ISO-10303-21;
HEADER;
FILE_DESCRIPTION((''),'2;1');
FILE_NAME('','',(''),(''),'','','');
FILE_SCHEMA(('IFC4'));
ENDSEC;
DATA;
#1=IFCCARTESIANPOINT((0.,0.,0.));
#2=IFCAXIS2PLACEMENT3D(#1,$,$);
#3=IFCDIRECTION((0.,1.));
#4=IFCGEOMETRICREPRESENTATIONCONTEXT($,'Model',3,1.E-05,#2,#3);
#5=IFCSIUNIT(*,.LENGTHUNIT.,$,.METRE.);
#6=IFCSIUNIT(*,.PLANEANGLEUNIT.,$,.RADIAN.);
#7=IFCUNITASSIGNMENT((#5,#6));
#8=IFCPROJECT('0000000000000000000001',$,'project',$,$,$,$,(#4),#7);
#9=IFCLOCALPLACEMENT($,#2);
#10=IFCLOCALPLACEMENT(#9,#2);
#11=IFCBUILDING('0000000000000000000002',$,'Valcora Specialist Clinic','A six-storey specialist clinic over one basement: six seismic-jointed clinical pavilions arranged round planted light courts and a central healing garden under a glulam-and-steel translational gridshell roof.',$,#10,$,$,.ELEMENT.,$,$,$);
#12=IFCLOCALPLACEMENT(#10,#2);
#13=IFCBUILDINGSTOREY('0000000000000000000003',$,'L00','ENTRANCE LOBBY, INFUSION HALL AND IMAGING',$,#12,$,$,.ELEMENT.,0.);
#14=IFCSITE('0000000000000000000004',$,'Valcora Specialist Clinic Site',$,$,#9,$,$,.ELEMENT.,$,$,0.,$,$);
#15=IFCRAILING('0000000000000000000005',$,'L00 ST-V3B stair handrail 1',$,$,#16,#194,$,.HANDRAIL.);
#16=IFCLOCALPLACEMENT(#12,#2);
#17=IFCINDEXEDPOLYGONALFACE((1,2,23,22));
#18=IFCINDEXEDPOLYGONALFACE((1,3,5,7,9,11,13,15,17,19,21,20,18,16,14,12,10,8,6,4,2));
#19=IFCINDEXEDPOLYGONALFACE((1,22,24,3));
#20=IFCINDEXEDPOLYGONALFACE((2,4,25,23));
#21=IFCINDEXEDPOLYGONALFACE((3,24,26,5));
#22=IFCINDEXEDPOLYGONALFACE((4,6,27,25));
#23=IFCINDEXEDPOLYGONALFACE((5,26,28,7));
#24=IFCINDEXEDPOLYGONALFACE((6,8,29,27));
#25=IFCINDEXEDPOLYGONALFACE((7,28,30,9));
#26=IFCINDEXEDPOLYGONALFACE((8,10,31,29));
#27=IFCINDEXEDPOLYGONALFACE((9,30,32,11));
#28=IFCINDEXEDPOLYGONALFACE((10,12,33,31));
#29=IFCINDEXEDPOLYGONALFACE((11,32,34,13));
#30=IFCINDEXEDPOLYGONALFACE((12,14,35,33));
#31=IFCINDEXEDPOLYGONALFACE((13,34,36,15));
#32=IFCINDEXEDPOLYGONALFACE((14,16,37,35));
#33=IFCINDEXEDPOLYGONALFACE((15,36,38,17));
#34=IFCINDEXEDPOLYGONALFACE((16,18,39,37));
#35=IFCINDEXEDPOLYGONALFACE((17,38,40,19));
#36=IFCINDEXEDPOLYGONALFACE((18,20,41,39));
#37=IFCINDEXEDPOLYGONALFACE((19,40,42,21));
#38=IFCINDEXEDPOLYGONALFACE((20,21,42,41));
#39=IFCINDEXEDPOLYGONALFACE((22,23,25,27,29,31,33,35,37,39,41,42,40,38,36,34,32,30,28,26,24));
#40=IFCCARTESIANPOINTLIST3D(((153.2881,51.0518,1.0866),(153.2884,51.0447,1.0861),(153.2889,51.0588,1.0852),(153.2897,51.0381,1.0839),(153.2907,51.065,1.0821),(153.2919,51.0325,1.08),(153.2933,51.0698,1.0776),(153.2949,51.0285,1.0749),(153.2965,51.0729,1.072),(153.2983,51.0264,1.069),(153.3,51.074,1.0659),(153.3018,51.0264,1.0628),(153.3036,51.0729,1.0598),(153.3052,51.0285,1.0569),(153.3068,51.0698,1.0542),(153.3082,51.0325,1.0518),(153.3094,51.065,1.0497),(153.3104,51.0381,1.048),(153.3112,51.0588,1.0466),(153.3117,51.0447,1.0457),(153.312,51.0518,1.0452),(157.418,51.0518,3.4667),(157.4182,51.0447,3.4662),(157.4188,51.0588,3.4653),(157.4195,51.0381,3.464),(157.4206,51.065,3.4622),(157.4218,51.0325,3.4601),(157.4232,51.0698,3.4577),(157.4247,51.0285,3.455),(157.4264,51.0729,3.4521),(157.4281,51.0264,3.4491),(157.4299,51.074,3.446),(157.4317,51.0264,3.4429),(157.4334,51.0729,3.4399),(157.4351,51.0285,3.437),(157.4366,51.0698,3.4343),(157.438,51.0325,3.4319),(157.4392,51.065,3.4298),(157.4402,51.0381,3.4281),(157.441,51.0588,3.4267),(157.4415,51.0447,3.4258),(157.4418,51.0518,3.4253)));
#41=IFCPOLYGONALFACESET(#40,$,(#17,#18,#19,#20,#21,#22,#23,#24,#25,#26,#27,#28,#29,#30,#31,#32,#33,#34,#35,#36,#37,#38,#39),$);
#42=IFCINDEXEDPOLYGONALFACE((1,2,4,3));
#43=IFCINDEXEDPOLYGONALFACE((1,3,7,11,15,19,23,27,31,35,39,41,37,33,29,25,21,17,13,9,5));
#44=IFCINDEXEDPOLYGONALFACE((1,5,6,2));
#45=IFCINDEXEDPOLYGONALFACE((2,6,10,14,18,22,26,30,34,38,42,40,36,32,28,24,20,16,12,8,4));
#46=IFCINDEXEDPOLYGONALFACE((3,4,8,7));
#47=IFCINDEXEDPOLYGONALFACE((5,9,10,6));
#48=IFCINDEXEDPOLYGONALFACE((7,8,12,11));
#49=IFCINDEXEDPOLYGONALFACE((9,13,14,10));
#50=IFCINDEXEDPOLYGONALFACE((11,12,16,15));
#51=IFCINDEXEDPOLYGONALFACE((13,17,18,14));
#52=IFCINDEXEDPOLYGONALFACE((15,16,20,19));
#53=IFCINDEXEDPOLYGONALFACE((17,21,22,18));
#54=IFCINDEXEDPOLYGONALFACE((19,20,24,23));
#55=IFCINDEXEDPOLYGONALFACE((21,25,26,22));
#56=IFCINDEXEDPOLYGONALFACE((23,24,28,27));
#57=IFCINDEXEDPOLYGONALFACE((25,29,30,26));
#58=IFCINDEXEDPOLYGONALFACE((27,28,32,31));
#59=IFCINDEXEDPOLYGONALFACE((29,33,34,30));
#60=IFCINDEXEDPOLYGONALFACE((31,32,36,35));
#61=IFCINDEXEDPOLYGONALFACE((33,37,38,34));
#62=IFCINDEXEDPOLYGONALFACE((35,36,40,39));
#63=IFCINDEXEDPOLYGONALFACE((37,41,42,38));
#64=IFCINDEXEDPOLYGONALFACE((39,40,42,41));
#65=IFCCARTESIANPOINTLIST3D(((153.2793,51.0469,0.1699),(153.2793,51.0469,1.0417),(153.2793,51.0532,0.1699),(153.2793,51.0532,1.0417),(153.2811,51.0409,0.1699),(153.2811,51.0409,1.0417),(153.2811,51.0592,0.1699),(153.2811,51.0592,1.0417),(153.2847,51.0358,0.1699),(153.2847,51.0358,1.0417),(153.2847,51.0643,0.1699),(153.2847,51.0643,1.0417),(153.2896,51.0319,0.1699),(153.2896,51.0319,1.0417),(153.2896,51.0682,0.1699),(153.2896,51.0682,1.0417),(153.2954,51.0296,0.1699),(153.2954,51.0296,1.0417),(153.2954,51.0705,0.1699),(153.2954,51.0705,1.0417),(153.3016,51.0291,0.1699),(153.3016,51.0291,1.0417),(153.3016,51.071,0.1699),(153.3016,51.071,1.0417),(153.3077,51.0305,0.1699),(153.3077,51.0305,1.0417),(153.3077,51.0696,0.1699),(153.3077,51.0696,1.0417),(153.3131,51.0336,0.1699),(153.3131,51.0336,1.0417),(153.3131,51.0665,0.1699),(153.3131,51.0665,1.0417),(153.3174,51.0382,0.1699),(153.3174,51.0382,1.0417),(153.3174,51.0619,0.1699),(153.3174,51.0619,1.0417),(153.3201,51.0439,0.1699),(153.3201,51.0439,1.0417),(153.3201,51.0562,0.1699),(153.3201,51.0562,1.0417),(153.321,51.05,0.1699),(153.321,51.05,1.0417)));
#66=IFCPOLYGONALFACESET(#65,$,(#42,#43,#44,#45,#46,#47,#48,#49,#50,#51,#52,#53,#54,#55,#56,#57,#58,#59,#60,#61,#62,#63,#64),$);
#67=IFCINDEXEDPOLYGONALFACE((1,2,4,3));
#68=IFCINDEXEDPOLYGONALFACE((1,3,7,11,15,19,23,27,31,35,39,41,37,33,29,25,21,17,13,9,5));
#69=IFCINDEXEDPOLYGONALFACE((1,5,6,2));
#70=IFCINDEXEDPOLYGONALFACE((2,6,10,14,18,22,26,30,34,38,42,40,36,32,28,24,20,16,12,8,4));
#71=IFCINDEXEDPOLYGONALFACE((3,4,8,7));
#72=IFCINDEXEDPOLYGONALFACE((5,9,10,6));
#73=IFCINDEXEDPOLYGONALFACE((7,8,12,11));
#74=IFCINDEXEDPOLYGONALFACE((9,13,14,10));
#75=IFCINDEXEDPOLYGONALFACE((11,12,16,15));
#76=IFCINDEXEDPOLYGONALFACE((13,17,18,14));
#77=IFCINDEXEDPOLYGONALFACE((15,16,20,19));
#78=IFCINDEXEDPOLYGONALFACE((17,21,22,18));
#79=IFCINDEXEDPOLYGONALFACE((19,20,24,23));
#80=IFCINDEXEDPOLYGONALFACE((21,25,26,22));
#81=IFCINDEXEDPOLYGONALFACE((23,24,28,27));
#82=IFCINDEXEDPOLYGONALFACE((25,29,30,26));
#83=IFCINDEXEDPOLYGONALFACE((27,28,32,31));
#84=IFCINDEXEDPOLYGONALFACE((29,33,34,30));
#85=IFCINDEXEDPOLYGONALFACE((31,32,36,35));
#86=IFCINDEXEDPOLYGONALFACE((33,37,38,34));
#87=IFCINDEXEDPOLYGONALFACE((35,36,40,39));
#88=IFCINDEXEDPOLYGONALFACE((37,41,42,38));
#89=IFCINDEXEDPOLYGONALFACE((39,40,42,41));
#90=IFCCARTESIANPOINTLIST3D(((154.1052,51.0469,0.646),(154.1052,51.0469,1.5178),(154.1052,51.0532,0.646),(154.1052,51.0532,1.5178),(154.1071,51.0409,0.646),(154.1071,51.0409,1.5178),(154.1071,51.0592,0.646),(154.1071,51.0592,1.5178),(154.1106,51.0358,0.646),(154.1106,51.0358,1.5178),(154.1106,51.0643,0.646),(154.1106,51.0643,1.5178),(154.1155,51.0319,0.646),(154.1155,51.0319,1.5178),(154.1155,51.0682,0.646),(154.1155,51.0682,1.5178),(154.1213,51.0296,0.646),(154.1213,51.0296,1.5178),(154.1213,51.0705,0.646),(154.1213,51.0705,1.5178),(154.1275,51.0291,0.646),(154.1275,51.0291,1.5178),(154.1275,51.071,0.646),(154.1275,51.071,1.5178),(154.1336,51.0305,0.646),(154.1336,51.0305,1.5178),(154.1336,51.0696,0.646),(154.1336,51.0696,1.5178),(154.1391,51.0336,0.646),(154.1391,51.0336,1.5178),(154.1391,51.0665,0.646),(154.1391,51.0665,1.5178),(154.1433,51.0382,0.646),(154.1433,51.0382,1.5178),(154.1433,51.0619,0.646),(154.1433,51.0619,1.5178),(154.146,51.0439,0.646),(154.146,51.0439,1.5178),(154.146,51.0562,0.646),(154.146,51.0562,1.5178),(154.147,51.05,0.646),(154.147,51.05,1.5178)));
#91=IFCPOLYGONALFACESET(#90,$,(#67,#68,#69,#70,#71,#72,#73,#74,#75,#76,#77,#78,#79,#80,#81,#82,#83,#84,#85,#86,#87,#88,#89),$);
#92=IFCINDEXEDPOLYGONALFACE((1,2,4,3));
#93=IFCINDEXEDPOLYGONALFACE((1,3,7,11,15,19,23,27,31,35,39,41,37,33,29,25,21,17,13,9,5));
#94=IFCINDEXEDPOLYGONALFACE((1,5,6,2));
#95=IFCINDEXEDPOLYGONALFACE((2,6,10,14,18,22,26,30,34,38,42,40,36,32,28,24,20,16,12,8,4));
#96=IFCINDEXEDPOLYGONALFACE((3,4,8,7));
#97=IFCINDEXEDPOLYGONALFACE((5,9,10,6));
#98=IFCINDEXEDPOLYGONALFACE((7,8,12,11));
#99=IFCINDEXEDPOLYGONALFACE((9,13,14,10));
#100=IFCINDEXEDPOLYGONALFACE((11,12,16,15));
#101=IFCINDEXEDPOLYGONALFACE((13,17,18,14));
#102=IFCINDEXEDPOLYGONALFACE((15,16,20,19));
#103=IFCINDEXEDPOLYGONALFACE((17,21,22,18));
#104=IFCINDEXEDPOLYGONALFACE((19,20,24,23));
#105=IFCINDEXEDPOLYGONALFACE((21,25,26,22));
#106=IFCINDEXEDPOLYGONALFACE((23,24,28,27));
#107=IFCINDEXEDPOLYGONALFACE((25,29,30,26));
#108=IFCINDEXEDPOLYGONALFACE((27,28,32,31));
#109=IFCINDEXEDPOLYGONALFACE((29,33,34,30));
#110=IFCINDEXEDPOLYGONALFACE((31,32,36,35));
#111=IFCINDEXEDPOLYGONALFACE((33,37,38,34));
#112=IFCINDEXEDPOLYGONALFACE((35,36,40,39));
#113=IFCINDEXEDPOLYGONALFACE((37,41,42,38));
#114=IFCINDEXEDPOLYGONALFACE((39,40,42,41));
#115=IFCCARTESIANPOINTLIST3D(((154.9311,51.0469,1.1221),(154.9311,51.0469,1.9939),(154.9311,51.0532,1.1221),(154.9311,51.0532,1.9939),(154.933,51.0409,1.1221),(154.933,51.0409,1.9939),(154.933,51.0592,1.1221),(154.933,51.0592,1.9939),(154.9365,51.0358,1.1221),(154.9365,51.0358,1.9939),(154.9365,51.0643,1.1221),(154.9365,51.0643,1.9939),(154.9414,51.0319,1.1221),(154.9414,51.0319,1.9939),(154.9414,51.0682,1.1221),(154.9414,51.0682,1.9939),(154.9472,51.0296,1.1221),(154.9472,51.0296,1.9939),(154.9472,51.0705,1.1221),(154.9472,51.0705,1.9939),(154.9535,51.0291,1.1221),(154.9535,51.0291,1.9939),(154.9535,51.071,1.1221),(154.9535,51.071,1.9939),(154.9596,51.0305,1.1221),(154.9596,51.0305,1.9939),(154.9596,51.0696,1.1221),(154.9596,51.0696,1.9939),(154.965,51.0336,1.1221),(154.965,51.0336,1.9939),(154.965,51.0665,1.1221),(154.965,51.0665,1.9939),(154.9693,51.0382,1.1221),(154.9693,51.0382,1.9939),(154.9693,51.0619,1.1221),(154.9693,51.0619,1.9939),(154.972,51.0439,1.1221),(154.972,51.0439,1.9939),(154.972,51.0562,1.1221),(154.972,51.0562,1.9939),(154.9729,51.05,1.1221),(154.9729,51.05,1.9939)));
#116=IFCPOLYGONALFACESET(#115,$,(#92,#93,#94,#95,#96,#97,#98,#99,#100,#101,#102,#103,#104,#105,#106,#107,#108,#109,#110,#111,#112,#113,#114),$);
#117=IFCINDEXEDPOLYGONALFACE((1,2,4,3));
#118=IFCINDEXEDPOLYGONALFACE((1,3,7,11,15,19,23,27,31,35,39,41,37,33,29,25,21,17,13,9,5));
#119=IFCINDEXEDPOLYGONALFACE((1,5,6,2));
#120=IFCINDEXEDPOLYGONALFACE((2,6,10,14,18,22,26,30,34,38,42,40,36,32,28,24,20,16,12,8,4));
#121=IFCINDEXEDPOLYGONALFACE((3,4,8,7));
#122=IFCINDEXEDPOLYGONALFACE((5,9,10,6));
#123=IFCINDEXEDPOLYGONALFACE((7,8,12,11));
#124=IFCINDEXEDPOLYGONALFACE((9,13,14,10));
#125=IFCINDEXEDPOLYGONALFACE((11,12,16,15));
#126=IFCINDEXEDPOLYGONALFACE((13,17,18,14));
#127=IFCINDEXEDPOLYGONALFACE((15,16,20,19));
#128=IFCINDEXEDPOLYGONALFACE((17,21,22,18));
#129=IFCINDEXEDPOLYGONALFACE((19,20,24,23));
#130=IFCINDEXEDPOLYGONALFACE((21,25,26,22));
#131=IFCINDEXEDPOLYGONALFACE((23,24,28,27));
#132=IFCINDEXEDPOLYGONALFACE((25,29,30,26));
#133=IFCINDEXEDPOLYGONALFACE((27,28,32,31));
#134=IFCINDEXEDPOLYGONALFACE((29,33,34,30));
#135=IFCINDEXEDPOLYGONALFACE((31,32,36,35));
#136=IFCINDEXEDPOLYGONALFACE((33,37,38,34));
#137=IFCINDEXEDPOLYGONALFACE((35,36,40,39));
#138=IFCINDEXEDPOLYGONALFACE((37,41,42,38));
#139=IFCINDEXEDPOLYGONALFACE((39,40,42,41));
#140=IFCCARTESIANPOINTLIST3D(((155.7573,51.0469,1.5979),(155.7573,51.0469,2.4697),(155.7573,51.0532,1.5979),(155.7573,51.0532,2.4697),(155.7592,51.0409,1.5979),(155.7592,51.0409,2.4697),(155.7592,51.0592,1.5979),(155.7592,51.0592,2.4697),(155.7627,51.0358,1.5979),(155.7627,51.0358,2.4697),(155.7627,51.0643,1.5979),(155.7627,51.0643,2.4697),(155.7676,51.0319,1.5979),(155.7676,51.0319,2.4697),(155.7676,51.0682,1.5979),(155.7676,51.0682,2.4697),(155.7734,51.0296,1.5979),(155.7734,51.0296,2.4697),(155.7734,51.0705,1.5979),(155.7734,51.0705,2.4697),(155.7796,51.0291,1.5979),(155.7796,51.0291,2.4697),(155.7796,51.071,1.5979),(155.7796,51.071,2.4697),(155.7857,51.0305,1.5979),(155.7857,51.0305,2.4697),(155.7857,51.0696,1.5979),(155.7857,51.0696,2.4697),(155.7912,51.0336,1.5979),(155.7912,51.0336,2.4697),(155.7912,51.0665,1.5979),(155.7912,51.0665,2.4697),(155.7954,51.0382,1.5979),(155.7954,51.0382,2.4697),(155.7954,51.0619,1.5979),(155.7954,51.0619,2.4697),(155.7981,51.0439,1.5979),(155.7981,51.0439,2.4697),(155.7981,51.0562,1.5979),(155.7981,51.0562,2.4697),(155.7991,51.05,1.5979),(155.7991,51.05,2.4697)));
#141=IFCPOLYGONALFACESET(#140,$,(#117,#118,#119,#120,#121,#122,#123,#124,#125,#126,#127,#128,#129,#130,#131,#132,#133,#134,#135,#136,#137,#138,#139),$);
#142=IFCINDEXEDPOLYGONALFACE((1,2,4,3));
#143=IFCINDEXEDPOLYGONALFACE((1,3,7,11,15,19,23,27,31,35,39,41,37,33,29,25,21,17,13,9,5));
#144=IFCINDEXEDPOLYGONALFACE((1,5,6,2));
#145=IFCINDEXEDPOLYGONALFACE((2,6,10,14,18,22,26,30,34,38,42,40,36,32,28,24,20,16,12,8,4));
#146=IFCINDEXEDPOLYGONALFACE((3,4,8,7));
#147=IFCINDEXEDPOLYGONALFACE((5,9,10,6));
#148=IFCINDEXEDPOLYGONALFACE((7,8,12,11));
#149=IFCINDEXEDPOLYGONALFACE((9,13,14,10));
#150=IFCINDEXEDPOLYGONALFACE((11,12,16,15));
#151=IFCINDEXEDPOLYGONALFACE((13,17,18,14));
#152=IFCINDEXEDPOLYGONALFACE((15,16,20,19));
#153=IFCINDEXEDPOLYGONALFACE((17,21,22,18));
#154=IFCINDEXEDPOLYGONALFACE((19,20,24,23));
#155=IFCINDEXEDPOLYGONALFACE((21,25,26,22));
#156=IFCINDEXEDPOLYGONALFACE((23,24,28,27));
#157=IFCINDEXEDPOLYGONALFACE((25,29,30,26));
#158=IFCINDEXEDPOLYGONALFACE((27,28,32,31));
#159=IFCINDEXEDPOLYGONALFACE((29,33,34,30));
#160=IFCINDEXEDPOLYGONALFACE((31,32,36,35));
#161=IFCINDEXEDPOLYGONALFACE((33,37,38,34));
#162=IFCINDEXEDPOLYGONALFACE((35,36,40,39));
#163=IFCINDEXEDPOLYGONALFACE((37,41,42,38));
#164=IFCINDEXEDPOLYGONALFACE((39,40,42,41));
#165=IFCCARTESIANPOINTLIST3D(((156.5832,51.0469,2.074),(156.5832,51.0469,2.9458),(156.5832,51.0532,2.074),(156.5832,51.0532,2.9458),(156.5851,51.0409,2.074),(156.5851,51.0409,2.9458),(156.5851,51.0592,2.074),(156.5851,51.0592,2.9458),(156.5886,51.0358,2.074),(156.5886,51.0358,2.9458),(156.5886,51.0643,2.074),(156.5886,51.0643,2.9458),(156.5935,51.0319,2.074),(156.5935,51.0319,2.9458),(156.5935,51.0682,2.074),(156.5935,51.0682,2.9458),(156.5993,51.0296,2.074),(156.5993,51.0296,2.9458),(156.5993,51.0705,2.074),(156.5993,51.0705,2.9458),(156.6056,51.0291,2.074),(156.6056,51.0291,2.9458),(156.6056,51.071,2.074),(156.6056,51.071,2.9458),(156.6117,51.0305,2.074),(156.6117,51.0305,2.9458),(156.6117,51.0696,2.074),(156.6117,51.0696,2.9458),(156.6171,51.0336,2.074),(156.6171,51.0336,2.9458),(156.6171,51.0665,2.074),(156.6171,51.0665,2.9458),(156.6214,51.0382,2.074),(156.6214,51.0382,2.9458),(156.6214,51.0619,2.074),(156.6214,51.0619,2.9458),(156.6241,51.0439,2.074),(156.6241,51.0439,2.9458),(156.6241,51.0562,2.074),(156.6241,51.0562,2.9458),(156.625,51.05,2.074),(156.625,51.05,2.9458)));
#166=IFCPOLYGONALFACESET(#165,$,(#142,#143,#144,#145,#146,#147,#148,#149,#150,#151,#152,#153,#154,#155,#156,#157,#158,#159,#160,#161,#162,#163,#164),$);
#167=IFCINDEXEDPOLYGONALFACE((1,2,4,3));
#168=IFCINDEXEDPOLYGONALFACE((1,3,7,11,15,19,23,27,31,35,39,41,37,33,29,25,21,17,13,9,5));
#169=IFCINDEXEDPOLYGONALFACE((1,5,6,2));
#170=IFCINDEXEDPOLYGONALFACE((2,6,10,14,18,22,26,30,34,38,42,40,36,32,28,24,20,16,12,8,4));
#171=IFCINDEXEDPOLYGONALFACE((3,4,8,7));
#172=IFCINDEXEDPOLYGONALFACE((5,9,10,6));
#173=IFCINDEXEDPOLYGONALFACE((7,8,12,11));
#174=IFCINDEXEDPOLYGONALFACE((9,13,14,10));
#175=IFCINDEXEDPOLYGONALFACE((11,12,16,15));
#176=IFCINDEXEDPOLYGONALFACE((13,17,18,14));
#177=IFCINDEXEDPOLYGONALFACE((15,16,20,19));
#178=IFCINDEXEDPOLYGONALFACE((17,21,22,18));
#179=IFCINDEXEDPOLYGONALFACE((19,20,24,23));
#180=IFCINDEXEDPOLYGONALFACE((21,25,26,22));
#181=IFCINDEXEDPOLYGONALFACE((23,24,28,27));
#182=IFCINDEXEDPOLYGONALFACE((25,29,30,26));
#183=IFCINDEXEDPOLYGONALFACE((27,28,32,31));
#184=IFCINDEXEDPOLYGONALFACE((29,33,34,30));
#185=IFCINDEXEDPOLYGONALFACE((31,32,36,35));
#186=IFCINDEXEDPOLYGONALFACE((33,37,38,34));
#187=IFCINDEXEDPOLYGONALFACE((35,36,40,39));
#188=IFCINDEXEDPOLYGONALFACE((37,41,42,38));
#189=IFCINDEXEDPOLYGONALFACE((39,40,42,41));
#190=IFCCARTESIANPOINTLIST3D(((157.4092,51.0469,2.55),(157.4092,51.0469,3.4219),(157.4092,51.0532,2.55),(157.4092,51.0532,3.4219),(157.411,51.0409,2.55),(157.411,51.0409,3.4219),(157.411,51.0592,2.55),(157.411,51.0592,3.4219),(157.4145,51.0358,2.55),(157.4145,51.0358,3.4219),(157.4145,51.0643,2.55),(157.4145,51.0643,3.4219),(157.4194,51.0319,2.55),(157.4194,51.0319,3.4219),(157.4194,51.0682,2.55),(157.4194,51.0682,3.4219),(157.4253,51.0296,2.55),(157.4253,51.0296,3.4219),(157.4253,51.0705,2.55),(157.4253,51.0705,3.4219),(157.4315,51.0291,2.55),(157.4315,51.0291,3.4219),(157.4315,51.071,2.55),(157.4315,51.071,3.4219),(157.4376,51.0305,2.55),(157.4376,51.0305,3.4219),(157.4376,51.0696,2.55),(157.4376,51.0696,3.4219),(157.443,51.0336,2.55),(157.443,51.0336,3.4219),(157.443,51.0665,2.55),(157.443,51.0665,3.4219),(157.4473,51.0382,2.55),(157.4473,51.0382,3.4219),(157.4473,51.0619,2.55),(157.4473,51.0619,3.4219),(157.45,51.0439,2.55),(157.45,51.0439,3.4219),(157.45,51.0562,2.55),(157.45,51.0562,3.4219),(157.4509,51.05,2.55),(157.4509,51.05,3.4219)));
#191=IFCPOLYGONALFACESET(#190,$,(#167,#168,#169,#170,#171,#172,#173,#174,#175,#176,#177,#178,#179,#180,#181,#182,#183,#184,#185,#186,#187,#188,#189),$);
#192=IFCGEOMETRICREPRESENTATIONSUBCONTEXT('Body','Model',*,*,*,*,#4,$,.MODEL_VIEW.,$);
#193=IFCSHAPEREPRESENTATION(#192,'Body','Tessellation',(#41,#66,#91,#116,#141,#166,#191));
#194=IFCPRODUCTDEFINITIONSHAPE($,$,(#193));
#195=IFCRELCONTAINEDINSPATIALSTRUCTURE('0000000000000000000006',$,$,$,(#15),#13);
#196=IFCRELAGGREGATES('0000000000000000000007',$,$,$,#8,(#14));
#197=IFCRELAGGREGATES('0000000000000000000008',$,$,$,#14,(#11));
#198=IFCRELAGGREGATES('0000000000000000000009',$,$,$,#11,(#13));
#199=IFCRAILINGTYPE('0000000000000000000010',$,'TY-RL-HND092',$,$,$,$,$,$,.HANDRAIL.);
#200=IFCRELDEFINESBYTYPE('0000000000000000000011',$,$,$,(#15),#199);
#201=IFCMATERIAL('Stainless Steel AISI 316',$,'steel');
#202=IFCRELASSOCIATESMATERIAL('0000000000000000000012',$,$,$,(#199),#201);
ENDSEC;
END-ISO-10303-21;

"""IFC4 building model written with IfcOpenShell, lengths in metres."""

from ifc_helpers import new_model, si_unit, direction, frame, origin, origin_2d, place, context, subcontext, project, spatial, circle, extrude, material, type_object, element, save


model = new_model("IFC4")

# Units and contexts
model_context = context("Model", 3, precision=1e-05, world=origin(), true_north=direction((0.0, 1.0)))
body_context = subcontext(model_context, "Body", "Model", "MODEL_VIEW")
ifc_project = project(units=[si_unit("LENGTHUNIT", "METRE"), si_unit("PLANEANGLEUNIT", "RADIAN")], contexts=[model_context])

# Site, building, storey
site_placement = place(None, origin())
site = spatial("IfcSite", under=ifc_project, at=site_placement, Name="Valcora Specialist Clinic Site", CompositionType="ELEMENT", RefElevation=0.0)
building_placement = place(site_placement, origin())
building = spatial("IfcBuilding", under=site, at=building_placement, Name="Valcora Specialist Clinic", Description="A six-storey specialist clinic over one basement: six seismic-jointed clinical pavilions arranged round planted light courts and a central healing garden under a glulam-and-steel translational gridshell roof.", CompositionType="ELEMENT")
storey_placement = place(building_placement, origin())
storey = spatial("IfcBuildingStorey", under=building, at=storey_placement, Name="L00", Description="ENTRANCE LOBBY, INFUSION HALL AND IMAGING", CompositionType="ELEMENT", Elevation=0.0)

# Railing
ifc_material_1 = material(Name="Stainless Steel AISI 316", Category="steel")
railing_type_1 = type_object("IfcRailingType", Name="TY-RL-HND092", PredefinedType="HANDRAIL", material=ifc_material_1)
railing_1_placement = place(storey_placement, frame((153.3, 51.05, 0.1699)))
element("IfcRailing", 1, at=railing_1_placement, inside=storey, type_object=railing_type_1, Name="L00 ST-V3B stair handrail 1", PredefinedType="HANDRAIL", context=body_context, shape_type="SweptSolid", body=[
    extrude(circle(Radius=0.0239, at=origin_2d()), frame((0.0, 0.0, 0.896), z_axis=(0.866412, 0.0, 0.499329), x_axis=(0.0, 1.0, 0.0)), (0.0, 0.0, 1.0), 4.7666),
    extrude(circle(Radius=0.021, at=origin_2d()), origin(), (0.0, 0.0, 1.0), 0.8718),
    extrude(circle(Radius=0.021, at=origin_2d()), frame((0.8259, 0.0, 0.4761)), (0.0, 0.0, 1.0), 0.8718),
    extrude(circle(Radius=0.021, at=origin_2d()), frame((1.6519, 0.0, 0.9521)), (0.0, 0.0, 1.0), 0.8718),
    extrude(circle(Radius=0.021, at=origin_2d()), frame((2.478, 0.0, 1.428)), (0.0, 0.0, 1.0), 0.8718),
    extrude(circle(Radius=0.021, at=origin_2d()), frame((3.304, 0.0, 1.9041)), (0.0, 0.0, 1.0), 0.8718),
    extrude(circle(Radius=0.021, at=origin_2d()), frame((4.1299, 0.0, 2.3801)), (0.0, 0.0, 1.0), 0.8718),
])

save(model, "model.ifc")
